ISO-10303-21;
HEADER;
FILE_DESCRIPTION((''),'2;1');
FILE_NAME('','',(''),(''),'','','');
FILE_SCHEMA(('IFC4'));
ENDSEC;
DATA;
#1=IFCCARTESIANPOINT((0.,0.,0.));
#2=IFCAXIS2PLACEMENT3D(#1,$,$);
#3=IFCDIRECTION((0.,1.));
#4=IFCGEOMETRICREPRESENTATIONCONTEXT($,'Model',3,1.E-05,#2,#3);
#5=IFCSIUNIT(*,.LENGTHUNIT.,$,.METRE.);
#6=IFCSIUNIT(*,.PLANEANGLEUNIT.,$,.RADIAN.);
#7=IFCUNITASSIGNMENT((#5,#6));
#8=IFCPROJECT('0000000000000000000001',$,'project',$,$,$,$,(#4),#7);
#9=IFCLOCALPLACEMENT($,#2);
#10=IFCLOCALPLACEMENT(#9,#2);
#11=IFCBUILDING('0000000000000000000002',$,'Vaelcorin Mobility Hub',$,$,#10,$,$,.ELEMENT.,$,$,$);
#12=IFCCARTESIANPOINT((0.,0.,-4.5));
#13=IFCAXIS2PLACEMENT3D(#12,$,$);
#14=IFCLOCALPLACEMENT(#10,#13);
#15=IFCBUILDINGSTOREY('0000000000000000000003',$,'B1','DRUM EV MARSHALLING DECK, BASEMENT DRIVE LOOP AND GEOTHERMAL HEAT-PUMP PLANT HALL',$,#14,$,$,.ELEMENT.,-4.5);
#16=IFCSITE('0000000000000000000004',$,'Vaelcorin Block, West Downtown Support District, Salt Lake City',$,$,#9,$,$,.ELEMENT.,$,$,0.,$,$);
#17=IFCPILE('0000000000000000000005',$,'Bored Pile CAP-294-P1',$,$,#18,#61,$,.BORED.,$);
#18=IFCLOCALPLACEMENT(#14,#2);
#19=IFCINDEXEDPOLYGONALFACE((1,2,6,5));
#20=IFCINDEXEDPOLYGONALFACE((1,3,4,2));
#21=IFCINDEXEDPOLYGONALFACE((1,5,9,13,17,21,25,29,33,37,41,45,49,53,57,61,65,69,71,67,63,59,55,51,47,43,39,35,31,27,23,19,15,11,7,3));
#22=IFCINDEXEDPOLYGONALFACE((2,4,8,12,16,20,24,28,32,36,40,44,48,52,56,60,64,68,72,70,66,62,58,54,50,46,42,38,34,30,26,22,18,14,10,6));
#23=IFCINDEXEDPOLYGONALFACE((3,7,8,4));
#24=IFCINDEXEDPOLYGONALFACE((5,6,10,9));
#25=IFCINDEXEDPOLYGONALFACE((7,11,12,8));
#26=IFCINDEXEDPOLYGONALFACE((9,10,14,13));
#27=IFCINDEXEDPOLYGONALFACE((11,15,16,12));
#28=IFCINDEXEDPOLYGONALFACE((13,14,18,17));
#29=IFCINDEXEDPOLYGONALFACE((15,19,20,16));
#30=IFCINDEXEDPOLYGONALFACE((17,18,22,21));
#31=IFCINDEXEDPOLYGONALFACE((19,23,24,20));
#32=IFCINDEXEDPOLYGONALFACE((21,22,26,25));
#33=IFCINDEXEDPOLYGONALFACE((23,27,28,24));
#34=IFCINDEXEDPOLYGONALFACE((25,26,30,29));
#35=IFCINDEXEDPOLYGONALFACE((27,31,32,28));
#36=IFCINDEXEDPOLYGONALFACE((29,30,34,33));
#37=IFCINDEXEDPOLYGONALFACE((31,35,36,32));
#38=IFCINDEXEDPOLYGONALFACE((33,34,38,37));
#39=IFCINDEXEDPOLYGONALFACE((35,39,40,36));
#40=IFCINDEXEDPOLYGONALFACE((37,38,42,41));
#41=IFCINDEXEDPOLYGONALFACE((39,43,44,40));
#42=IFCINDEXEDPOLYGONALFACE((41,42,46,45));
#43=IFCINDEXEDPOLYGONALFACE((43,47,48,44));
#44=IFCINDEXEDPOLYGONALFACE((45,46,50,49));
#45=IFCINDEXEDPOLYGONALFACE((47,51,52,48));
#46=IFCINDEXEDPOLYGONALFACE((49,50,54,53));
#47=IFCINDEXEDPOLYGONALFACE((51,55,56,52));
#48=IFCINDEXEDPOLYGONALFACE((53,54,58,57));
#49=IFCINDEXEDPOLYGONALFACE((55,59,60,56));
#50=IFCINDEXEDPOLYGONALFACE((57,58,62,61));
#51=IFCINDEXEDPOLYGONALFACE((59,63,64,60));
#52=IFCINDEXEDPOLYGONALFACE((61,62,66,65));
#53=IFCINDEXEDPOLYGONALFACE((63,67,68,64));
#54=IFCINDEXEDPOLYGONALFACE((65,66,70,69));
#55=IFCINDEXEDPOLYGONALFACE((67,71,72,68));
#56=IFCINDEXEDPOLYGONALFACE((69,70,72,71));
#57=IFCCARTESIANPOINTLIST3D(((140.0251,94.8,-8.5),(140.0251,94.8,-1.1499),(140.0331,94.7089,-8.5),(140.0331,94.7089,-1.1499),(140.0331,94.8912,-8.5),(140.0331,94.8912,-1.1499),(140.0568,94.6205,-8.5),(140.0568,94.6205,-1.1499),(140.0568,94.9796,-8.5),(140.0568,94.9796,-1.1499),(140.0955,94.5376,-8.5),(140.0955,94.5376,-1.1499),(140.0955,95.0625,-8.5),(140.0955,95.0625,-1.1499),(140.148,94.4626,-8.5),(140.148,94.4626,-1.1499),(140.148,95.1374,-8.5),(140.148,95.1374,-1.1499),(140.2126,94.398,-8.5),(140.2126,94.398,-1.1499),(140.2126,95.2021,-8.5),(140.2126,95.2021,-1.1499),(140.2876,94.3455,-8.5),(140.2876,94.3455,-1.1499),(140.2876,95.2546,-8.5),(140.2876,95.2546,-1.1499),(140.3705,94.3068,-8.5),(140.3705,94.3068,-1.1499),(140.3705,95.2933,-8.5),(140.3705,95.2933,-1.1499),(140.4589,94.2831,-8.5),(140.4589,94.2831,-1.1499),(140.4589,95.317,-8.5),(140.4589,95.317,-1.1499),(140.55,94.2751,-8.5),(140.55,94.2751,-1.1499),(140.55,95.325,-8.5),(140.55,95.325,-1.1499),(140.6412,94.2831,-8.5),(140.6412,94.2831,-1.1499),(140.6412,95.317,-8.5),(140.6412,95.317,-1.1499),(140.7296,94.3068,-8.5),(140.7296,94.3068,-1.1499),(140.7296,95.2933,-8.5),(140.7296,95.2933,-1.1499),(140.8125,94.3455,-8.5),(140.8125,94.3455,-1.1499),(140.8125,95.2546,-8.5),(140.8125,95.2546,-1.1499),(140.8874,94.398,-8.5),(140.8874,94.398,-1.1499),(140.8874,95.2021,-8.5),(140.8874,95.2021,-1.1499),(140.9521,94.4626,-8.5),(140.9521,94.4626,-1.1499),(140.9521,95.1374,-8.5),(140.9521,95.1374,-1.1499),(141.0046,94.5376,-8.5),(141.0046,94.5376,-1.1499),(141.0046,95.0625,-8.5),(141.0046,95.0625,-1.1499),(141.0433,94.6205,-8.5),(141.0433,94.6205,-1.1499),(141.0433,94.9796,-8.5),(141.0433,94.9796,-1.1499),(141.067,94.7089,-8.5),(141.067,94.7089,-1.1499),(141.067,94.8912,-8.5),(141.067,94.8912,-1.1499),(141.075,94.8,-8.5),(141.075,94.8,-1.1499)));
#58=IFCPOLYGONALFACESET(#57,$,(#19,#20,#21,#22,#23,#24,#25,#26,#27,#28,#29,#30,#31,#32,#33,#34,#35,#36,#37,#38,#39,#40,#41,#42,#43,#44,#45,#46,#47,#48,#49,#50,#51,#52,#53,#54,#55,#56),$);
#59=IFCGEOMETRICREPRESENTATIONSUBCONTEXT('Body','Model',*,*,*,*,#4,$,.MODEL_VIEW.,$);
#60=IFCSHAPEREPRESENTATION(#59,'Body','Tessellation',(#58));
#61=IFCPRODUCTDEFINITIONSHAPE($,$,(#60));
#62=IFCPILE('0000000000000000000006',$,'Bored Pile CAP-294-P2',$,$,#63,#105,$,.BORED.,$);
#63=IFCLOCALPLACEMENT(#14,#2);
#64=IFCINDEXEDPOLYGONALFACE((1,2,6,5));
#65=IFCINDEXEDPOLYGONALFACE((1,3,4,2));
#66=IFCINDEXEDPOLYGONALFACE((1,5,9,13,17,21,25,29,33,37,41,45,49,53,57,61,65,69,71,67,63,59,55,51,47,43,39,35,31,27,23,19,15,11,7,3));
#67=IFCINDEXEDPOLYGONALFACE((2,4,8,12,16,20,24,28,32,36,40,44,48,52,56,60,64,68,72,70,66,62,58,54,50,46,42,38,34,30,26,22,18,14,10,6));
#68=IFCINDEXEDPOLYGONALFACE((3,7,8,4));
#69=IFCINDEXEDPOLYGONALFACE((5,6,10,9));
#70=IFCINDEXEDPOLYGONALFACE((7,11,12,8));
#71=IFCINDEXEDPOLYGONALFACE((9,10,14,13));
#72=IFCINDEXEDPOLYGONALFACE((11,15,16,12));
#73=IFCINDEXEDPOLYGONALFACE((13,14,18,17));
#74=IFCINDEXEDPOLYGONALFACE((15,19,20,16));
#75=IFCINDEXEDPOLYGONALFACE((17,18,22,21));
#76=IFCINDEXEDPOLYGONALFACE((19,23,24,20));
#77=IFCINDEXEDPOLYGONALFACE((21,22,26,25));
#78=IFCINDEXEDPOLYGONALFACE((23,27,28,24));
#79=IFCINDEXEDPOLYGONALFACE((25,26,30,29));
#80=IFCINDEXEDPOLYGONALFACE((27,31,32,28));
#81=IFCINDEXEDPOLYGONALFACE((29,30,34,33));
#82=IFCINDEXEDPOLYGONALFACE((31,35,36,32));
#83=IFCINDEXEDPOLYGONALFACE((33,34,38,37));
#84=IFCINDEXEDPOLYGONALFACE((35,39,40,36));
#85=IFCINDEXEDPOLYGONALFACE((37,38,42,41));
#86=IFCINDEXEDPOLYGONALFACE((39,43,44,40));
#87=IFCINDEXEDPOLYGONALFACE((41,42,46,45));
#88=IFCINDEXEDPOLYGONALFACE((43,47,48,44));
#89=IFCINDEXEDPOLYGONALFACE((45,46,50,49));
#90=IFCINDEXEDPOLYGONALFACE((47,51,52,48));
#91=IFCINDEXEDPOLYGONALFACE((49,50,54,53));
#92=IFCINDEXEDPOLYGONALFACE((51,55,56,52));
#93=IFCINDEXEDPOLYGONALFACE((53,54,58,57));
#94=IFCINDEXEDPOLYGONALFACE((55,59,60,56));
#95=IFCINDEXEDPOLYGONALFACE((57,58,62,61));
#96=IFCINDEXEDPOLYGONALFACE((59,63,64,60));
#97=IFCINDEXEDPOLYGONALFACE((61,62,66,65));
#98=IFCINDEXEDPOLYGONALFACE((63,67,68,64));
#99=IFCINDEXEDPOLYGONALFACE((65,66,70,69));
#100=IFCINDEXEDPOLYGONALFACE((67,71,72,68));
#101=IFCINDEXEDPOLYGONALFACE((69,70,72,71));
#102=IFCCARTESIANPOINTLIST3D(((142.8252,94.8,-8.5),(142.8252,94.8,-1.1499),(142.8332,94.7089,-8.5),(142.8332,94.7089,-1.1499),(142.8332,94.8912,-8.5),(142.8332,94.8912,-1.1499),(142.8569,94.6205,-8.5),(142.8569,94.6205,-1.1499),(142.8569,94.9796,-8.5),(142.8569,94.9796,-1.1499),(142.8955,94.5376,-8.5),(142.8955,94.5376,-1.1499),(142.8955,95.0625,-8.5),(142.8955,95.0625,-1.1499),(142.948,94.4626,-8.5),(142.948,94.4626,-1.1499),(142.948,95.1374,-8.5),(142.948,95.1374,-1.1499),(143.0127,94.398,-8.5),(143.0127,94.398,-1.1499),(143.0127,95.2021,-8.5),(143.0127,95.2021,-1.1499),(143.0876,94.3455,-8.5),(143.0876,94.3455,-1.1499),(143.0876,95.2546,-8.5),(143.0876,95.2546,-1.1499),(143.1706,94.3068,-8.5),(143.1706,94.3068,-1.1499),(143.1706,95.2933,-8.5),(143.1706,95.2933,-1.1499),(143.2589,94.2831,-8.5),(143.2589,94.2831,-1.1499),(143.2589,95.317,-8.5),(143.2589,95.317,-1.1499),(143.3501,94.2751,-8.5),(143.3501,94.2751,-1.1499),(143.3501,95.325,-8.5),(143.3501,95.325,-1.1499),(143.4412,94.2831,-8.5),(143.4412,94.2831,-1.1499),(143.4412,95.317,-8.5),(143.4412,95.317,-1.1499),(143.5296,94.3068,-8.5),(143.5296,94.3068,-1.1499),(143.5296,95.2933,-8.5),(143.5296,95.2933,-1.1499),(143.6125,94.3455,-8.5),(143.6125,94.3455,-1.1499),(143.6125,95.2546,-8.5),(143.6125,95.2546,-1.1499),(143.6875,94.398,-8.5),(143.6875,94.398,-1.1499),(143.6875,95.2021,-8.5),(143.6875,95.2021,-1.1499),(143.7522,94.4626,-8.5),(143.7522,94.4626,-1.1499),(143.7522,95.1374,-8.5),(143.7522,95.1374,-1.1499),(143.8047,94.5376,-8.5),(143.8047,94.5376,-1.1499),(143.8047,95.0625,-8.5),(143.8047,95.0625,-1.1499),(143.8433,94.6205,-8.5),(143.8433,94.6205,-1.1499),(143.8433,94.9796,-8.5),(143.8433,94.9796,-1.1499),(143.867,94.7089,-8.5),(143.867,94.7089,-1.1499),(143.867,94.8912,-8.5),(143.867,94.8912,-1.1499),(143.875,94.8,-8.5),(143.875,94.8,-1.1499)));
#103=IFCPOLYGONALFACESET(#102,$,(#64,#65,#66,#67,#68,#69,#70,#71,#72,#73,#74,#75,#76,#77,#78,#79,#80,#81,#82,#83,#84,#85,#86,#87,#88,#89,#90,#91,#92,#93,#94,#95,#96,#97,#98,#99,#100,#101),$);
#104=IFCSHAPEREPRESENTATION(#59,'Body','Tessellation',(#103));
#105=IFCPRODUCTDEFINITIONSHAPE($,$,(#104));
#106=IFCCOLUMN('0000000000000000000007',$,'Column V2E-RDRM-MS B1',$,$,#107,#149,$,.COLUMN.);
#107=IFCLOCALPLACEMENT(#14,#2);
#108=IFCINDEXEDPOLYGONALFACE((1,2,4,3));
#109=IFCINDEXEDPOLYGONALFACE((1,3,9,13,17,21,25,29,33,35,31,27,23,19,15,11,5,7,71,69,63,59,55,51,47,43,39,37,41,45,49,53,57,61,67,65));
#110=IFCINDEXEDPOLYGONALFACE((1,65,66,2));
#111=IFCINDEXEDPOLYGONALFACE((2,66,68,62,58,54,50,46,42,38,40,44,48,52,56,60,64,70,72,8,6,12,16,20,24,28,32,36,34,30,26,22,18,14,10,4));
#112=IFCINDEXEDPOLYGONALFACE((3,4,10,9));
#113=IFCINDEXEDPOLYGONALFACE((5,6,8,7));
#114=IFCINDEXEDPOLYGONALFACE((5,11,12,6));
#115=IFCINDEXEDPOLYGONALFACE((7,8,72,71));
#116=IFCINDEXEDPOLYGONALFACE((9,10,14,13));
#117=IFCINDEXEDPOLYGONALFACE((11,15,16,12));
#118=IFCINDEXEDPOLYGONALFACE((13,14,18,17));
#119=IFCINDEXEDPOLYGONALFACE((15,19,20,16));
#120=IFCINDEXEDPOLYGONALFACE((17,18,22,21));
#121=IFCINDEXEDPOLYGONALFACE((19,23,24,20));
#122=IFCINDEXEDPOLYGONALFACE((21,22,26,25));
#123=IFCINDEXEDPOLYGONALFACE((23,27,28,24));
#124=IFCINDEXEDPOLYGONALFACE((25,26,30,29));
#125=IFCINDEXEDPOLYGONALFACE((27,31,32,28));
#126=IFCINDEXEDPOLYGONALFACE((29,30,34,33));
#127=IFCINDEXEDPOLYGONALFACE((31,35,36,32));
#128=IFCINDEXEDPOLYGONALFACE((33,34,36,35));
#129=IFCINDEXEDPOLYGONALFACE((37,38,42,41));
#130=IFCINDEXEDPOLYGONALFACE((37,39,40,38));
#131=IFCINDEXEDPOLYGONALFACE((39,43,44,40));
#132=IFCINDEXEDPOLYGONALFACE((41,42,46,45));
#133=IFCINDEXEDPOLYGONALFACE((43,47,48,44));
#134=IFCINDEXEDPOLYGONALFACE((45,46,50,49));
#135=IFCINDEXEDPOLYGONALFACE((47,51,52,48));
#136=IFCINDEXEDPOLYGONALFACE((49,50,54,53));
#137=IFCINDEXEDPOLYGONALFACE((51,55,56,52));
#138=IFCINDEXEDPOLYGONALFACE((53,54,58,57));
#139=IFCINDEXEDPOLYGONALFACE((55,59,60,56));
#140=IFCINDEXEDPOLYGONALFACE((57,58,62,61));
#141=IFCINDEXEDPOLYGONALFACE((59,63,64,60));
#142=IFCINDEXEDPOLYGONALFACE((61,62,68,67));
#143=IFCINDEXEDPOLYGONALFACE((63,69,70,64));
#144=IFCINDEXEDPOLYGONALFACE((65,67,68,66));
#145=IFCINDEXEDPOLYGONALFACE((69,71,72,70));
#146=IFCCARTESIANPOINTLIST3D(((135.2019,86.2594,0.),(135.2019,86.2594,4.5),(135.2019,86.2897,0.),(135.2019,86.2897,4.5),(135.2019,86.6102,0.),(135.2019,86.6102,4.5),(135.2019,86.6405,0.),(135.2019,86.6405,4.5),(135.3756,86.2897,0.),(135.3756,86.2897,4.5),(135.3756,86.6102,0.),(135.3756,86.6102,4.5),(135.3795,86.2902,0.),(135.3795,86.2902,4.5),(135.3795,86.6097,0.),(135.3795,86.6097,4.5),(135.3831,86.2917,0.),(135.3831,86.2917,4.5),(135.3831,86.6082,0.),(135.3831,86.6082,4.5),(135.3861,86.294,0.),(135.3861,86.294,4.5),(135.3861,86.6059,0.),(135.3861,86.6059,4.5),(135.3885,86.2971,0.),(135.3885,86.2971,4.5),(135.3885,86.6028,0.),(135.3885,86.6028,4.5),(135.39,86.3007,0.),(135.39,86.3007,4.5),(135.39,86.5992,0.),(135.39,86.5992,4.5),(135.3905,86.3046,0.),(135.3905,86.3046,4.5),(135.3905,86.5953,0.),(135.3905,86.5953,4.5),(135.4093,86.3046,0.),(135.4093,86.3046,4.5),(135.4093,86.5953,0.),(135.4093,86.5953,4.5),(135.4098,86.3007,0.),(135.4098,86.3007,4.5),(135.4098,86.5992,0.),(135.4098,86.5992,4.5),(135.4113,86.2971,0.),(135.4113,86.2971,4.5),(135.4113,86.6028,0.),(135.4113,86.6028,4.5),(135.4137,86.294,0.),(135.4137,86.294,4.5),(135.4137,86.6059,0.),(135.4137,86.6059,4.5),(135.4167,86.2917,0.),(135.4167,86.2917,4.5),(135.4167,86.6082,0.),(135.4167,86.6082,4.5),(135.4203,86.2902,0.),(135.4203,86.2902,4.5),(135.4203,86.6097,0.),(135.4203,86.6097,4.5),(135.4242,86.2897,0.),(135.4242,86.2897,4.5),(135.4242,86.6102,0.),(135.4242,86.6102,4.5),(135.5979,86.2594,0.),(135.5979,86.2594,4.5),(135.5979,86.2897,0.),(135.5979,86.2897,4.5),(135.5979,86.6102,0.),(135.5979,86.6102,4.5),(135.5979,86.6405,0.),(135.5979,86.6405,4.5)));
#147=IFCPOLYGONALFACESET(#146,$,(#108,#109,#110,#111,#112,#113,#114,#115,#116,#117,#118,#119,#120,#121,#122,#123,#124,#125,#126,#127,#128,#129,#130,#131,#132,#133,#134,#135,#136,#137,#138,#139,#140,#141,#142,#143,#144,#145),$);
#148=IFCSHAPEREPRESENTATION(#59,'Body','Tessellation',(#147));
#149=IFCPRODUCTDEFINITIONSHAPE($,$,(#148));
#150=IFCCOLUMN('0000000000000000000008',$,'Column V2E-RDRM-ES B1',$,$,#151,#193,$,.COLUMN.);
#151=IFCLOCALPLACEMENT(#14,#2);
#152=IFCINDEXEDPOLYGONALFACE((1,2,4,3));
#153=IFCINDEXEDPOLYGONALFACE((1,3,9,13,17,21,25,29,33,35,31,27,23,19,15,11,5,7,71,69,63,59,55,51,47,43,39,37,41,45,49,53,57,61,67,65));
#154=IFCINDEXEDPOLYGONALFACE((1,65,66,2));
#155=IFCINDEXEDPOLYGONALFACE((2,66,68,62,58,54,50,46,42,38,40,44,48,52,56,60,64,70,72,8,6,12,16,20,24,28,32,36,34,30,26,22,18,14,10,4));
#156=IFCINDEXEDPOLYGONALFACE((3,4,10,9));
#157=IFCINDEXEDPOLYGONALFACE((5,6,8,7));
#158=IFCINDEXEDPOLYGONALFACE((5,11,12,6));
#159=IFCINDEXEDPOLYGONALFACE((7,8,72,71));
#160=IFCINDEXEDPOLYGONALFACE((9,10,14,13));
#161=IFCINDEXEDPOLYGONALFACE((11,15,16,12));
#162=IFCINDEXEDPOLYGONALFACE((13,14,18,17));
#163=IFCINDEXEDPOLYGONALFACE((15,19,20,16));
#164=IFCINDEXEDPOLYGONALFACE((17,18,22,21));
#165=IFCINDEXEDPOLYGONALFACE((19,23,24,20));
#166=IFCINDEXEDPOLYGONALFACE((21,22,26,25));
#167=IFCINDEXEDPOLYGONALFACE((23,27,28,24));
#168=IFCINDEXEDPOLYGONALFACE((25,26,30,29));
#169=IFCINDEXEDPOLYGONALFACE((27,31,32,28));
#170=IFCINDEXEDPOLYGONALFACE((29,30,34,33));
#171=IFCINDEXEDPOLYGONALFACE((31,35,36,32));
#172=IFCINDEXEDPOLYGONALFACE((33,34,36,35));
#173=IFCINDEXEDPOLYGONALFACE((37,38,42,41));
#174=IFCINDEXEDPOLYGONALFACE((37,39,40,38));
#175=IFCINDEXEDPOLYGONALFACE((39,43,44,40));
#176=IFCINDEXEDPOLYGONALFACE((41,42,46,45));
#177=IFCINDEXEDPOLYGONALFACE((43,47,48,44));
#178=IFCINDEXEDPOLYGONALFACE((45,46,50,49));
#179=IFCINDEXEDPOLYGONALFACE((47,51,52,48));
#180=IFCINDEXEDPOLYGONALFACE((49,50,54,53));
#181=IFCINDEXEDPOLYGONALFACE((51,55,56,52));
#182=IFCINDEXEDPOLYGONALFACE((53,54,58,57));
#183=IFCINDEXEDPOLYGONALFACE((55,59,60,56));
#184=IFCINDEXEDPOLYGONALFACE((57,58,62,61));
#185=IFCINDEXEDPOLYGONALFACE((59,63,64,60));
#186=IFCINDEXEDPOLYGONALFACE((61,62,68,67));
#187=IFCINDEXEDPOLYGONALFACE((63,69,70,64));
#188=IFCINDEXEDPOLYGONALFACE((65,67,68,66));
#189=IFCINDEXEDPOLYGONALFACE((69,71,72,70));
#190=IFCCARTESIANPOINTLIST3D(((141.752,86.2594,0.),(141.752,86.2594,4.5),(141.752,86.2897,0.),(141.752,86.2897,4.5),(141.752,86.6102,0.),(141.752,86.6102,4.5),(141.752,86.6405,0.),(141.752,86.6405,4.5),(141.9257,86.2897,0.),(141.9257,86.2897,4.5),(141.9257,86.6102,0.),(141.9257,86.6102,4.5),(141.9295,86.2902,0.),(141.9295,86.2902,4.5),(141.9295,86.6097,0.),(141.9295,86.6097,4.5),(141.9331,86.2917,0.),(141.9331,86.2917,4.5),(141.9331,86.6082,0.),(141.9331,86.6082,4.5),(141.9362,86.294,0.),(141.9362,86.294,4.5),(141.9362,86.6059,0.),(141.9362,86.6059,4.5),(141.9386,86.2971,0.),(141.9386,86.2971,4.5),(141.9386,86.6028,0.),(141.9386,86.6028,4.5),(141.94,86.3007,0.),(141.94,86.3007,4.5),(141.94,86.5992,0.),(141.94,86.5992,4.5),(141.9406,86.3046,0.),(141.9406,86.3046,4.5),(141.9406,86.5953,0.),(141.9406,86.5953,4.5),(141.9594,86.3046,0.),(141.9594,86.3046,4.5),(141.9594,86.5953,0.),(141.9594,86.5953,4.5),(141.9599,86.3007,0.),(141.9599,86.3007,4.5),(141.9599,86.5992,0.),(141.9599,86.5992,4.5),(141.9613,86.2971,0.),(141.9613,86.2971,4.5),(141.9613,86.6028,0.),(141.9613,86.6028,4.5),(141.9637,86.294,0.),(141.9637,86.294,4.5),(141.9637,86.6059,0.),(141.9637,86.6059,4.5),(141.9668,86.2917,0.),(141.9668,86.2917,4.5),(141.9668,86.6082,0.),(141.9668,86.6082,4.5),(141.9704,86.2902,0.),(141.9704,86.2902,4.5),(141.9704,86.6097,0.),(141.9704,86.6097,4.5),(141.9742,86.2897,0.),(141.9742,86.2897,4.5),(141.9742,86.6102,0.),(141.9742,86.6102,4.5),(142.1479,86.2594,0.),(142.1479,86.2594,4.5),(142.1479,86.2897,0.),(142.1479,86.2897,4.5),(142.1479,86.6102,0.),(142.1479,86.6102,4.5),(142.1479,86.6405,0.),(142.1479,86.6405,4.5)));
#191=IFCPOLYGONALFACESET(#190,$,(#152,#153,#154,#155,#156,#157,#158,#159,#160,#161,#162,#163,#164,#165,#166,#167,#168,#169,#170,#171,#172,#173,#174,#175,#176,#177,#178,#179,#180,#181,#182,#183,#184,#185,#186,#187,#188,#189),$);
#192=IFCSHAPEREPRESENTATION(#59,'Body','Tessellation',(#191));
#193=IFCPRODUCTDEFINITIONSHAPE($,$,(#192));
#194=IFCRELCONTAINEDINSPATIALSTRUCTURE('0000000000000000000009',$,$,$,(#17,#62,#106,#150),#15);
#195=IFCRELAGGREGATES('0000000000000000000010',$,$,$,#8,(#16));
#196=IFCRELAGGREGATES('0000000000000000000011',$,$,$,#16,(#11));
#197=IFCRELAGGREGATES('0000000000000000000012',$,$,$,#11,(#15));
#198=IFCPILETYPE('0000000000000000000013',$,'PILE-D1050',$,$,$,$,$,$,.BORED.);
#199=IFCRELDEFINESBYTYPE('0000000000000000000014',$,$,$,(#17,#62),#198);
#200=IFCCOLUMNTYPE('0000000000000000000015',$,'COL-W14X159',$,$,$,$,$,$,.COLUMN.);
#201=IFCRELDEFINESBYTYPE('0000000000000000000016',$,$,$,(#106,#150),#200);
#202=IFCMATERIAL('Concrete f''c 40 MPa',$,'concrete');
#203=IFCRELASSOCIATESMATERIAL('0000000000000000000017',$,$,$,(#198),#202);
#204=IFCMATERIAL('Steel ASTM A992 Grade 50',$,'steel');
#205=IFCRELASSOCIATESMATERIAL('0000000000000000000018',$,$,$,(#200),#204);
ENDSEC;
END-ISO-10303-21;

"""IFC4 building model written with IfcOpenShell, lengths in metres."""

from ifc_helpers import new_model, si_unit, direction, frame, origin, origin_2d, place, context, subcontext, project, spatial, circle, i_section, extrude, material, material_profile, profile_set, type_object, element, save


model = new_model("IFC4")

# Units and contexts
model_context = context("Model", 3, precision=1e-05, world=origin(), true_north=direction((0.0, 1.0)))
body_context = subcontext(model_context, "Body", "Model", "MODEL_VIEW")
ifc_project = project(units=[si_unit("LENGTHUNIT", "METRE"), si_unit("PLANEANGLEUNIT", "RADIAN")], contexts=[model_context])

# Site, building, storey
site_placement = place(None, origin())
site = spatial("IfcSite", under=ifc_project, at=site_placement, Name="Vaelcorin Block, West Downtown Support District, Salt Lake City", CompositionType="ELEMENT", RefElevation=0.0)
building_placement = place(site_placement, origin())
building = spatial("IfcBuilding", under=site, at=building_placement, Name="Vaelcorin Mobility Hub", CompositionType="ELEMENT")
storey_placement = place(building_placement, frame((0.0, 0.0, -4.5)))
storey = spatial("IfcBuildingStorey", under=building, at=storey_placement, Name="B1", Description="DRUM EV MARSHALLING DECK, BASEMENT DRIVE LOOP AND GEOTHERMAL HEAT-PUMP PLANT HALL", CompositionType="ELEMENT", Elevation=-4.5)

# Shared definitions
ifc_material_1 = material(Name="Concrete f'c 40 MPa", Category="concrete")

# Piles
ifc_material_profile_1 = material_profile(ifc_material_1, circle(Radius=0.5249, at=origin_2d()), Name="BP-D1050")
ifc_profile_set_1 = profile_set([ifc_material_profile_1], Name="Concrete f'c 40 MPa")
pile_type = type_object("IfcPileType", Name="PILE-D1050", PredefinedType="BORED", material=ifc_profile_set_1)
for number, where, z_axis, x_axis, name in (
    (1, (140.55, 94.8, -1.1499), (0.0, 0.0, -1.0), (1.0, 0.0, 0.0), "Bored Pile CAP-294-P1"),
    (2, (143.3501, 94.8, -1.1499), (0.0, 0.0, -1.0), (1.0, 0.0, 0.0), "Bored Pile CAP-294-P2"),
):
    element("IfcPile", number, at=place(storey_placement, frame(where, z_axis=z_axis, x_axis=x_axis)), inside=storey, type_object=pile_type, Name=name, PredefinedType="BORED", context=body_context, shape_type="SweptSolid", body=[
        extrude(circle(Radius=0.5249, at=origin_2d()), origin(), (0.0, 0.0, 1.0), 7.3501),
    ])

# Columns
ifc_material_2 = material(Name="Steel ASTM A992 Grade 50", Category="steel")
ifc_material_profile_2 = material_profile(ifc_material_2, i_section(OverallWidth=0.396, OverallDepth=0.3811, WebThickness=0.0188, FlangeThickness=0.0303, FilletRadius=0.0149, at=origin_2d()), Name="W14X159")
ifc_profile_set_2 = profile_set([ifc_material_profile_2], Name="Steel ASTM A992 Grade 50")
column_type = type_object("IfcColumnType", Name="COL-W14X159", PredefinedType="COLUMN", material=ifc_profile_set_2)
for number, where, z_axis, x_axis, name in (
    (3, (135.3999, 86.45, 0.0), (0.0, 0.0, 1.0), (1.0, 0.0, 0.0), "Column V2E-RDRM-MS B1"),
    (4, (141.95, 86.45, 0.0), (0.0, 0.0, 1.0), (1.0, 0.0, 0.0), "Column V2E-RDRM-ES B1"),
):
    element("IfcColumn", number, at=place(storey_placement, frame(where, z_axis=z_axis, x_axis=x_axis)), inside=storey, type_object=column_type, Name=name, PredefinedType="COLUMN", context=body_context, shape_type="SweptSolid", body=[
        extrude(i_section(OverallWidth=0.396, OverallDepth=0.3811, WebThickness=0.0188, FlangeThickness=0.0303, FilletRadius=0.0149, at=origin_2d()), origin(), (0.0, 0.0, 1.0), 4.5),
    ])

save(model, "model.ifc")
